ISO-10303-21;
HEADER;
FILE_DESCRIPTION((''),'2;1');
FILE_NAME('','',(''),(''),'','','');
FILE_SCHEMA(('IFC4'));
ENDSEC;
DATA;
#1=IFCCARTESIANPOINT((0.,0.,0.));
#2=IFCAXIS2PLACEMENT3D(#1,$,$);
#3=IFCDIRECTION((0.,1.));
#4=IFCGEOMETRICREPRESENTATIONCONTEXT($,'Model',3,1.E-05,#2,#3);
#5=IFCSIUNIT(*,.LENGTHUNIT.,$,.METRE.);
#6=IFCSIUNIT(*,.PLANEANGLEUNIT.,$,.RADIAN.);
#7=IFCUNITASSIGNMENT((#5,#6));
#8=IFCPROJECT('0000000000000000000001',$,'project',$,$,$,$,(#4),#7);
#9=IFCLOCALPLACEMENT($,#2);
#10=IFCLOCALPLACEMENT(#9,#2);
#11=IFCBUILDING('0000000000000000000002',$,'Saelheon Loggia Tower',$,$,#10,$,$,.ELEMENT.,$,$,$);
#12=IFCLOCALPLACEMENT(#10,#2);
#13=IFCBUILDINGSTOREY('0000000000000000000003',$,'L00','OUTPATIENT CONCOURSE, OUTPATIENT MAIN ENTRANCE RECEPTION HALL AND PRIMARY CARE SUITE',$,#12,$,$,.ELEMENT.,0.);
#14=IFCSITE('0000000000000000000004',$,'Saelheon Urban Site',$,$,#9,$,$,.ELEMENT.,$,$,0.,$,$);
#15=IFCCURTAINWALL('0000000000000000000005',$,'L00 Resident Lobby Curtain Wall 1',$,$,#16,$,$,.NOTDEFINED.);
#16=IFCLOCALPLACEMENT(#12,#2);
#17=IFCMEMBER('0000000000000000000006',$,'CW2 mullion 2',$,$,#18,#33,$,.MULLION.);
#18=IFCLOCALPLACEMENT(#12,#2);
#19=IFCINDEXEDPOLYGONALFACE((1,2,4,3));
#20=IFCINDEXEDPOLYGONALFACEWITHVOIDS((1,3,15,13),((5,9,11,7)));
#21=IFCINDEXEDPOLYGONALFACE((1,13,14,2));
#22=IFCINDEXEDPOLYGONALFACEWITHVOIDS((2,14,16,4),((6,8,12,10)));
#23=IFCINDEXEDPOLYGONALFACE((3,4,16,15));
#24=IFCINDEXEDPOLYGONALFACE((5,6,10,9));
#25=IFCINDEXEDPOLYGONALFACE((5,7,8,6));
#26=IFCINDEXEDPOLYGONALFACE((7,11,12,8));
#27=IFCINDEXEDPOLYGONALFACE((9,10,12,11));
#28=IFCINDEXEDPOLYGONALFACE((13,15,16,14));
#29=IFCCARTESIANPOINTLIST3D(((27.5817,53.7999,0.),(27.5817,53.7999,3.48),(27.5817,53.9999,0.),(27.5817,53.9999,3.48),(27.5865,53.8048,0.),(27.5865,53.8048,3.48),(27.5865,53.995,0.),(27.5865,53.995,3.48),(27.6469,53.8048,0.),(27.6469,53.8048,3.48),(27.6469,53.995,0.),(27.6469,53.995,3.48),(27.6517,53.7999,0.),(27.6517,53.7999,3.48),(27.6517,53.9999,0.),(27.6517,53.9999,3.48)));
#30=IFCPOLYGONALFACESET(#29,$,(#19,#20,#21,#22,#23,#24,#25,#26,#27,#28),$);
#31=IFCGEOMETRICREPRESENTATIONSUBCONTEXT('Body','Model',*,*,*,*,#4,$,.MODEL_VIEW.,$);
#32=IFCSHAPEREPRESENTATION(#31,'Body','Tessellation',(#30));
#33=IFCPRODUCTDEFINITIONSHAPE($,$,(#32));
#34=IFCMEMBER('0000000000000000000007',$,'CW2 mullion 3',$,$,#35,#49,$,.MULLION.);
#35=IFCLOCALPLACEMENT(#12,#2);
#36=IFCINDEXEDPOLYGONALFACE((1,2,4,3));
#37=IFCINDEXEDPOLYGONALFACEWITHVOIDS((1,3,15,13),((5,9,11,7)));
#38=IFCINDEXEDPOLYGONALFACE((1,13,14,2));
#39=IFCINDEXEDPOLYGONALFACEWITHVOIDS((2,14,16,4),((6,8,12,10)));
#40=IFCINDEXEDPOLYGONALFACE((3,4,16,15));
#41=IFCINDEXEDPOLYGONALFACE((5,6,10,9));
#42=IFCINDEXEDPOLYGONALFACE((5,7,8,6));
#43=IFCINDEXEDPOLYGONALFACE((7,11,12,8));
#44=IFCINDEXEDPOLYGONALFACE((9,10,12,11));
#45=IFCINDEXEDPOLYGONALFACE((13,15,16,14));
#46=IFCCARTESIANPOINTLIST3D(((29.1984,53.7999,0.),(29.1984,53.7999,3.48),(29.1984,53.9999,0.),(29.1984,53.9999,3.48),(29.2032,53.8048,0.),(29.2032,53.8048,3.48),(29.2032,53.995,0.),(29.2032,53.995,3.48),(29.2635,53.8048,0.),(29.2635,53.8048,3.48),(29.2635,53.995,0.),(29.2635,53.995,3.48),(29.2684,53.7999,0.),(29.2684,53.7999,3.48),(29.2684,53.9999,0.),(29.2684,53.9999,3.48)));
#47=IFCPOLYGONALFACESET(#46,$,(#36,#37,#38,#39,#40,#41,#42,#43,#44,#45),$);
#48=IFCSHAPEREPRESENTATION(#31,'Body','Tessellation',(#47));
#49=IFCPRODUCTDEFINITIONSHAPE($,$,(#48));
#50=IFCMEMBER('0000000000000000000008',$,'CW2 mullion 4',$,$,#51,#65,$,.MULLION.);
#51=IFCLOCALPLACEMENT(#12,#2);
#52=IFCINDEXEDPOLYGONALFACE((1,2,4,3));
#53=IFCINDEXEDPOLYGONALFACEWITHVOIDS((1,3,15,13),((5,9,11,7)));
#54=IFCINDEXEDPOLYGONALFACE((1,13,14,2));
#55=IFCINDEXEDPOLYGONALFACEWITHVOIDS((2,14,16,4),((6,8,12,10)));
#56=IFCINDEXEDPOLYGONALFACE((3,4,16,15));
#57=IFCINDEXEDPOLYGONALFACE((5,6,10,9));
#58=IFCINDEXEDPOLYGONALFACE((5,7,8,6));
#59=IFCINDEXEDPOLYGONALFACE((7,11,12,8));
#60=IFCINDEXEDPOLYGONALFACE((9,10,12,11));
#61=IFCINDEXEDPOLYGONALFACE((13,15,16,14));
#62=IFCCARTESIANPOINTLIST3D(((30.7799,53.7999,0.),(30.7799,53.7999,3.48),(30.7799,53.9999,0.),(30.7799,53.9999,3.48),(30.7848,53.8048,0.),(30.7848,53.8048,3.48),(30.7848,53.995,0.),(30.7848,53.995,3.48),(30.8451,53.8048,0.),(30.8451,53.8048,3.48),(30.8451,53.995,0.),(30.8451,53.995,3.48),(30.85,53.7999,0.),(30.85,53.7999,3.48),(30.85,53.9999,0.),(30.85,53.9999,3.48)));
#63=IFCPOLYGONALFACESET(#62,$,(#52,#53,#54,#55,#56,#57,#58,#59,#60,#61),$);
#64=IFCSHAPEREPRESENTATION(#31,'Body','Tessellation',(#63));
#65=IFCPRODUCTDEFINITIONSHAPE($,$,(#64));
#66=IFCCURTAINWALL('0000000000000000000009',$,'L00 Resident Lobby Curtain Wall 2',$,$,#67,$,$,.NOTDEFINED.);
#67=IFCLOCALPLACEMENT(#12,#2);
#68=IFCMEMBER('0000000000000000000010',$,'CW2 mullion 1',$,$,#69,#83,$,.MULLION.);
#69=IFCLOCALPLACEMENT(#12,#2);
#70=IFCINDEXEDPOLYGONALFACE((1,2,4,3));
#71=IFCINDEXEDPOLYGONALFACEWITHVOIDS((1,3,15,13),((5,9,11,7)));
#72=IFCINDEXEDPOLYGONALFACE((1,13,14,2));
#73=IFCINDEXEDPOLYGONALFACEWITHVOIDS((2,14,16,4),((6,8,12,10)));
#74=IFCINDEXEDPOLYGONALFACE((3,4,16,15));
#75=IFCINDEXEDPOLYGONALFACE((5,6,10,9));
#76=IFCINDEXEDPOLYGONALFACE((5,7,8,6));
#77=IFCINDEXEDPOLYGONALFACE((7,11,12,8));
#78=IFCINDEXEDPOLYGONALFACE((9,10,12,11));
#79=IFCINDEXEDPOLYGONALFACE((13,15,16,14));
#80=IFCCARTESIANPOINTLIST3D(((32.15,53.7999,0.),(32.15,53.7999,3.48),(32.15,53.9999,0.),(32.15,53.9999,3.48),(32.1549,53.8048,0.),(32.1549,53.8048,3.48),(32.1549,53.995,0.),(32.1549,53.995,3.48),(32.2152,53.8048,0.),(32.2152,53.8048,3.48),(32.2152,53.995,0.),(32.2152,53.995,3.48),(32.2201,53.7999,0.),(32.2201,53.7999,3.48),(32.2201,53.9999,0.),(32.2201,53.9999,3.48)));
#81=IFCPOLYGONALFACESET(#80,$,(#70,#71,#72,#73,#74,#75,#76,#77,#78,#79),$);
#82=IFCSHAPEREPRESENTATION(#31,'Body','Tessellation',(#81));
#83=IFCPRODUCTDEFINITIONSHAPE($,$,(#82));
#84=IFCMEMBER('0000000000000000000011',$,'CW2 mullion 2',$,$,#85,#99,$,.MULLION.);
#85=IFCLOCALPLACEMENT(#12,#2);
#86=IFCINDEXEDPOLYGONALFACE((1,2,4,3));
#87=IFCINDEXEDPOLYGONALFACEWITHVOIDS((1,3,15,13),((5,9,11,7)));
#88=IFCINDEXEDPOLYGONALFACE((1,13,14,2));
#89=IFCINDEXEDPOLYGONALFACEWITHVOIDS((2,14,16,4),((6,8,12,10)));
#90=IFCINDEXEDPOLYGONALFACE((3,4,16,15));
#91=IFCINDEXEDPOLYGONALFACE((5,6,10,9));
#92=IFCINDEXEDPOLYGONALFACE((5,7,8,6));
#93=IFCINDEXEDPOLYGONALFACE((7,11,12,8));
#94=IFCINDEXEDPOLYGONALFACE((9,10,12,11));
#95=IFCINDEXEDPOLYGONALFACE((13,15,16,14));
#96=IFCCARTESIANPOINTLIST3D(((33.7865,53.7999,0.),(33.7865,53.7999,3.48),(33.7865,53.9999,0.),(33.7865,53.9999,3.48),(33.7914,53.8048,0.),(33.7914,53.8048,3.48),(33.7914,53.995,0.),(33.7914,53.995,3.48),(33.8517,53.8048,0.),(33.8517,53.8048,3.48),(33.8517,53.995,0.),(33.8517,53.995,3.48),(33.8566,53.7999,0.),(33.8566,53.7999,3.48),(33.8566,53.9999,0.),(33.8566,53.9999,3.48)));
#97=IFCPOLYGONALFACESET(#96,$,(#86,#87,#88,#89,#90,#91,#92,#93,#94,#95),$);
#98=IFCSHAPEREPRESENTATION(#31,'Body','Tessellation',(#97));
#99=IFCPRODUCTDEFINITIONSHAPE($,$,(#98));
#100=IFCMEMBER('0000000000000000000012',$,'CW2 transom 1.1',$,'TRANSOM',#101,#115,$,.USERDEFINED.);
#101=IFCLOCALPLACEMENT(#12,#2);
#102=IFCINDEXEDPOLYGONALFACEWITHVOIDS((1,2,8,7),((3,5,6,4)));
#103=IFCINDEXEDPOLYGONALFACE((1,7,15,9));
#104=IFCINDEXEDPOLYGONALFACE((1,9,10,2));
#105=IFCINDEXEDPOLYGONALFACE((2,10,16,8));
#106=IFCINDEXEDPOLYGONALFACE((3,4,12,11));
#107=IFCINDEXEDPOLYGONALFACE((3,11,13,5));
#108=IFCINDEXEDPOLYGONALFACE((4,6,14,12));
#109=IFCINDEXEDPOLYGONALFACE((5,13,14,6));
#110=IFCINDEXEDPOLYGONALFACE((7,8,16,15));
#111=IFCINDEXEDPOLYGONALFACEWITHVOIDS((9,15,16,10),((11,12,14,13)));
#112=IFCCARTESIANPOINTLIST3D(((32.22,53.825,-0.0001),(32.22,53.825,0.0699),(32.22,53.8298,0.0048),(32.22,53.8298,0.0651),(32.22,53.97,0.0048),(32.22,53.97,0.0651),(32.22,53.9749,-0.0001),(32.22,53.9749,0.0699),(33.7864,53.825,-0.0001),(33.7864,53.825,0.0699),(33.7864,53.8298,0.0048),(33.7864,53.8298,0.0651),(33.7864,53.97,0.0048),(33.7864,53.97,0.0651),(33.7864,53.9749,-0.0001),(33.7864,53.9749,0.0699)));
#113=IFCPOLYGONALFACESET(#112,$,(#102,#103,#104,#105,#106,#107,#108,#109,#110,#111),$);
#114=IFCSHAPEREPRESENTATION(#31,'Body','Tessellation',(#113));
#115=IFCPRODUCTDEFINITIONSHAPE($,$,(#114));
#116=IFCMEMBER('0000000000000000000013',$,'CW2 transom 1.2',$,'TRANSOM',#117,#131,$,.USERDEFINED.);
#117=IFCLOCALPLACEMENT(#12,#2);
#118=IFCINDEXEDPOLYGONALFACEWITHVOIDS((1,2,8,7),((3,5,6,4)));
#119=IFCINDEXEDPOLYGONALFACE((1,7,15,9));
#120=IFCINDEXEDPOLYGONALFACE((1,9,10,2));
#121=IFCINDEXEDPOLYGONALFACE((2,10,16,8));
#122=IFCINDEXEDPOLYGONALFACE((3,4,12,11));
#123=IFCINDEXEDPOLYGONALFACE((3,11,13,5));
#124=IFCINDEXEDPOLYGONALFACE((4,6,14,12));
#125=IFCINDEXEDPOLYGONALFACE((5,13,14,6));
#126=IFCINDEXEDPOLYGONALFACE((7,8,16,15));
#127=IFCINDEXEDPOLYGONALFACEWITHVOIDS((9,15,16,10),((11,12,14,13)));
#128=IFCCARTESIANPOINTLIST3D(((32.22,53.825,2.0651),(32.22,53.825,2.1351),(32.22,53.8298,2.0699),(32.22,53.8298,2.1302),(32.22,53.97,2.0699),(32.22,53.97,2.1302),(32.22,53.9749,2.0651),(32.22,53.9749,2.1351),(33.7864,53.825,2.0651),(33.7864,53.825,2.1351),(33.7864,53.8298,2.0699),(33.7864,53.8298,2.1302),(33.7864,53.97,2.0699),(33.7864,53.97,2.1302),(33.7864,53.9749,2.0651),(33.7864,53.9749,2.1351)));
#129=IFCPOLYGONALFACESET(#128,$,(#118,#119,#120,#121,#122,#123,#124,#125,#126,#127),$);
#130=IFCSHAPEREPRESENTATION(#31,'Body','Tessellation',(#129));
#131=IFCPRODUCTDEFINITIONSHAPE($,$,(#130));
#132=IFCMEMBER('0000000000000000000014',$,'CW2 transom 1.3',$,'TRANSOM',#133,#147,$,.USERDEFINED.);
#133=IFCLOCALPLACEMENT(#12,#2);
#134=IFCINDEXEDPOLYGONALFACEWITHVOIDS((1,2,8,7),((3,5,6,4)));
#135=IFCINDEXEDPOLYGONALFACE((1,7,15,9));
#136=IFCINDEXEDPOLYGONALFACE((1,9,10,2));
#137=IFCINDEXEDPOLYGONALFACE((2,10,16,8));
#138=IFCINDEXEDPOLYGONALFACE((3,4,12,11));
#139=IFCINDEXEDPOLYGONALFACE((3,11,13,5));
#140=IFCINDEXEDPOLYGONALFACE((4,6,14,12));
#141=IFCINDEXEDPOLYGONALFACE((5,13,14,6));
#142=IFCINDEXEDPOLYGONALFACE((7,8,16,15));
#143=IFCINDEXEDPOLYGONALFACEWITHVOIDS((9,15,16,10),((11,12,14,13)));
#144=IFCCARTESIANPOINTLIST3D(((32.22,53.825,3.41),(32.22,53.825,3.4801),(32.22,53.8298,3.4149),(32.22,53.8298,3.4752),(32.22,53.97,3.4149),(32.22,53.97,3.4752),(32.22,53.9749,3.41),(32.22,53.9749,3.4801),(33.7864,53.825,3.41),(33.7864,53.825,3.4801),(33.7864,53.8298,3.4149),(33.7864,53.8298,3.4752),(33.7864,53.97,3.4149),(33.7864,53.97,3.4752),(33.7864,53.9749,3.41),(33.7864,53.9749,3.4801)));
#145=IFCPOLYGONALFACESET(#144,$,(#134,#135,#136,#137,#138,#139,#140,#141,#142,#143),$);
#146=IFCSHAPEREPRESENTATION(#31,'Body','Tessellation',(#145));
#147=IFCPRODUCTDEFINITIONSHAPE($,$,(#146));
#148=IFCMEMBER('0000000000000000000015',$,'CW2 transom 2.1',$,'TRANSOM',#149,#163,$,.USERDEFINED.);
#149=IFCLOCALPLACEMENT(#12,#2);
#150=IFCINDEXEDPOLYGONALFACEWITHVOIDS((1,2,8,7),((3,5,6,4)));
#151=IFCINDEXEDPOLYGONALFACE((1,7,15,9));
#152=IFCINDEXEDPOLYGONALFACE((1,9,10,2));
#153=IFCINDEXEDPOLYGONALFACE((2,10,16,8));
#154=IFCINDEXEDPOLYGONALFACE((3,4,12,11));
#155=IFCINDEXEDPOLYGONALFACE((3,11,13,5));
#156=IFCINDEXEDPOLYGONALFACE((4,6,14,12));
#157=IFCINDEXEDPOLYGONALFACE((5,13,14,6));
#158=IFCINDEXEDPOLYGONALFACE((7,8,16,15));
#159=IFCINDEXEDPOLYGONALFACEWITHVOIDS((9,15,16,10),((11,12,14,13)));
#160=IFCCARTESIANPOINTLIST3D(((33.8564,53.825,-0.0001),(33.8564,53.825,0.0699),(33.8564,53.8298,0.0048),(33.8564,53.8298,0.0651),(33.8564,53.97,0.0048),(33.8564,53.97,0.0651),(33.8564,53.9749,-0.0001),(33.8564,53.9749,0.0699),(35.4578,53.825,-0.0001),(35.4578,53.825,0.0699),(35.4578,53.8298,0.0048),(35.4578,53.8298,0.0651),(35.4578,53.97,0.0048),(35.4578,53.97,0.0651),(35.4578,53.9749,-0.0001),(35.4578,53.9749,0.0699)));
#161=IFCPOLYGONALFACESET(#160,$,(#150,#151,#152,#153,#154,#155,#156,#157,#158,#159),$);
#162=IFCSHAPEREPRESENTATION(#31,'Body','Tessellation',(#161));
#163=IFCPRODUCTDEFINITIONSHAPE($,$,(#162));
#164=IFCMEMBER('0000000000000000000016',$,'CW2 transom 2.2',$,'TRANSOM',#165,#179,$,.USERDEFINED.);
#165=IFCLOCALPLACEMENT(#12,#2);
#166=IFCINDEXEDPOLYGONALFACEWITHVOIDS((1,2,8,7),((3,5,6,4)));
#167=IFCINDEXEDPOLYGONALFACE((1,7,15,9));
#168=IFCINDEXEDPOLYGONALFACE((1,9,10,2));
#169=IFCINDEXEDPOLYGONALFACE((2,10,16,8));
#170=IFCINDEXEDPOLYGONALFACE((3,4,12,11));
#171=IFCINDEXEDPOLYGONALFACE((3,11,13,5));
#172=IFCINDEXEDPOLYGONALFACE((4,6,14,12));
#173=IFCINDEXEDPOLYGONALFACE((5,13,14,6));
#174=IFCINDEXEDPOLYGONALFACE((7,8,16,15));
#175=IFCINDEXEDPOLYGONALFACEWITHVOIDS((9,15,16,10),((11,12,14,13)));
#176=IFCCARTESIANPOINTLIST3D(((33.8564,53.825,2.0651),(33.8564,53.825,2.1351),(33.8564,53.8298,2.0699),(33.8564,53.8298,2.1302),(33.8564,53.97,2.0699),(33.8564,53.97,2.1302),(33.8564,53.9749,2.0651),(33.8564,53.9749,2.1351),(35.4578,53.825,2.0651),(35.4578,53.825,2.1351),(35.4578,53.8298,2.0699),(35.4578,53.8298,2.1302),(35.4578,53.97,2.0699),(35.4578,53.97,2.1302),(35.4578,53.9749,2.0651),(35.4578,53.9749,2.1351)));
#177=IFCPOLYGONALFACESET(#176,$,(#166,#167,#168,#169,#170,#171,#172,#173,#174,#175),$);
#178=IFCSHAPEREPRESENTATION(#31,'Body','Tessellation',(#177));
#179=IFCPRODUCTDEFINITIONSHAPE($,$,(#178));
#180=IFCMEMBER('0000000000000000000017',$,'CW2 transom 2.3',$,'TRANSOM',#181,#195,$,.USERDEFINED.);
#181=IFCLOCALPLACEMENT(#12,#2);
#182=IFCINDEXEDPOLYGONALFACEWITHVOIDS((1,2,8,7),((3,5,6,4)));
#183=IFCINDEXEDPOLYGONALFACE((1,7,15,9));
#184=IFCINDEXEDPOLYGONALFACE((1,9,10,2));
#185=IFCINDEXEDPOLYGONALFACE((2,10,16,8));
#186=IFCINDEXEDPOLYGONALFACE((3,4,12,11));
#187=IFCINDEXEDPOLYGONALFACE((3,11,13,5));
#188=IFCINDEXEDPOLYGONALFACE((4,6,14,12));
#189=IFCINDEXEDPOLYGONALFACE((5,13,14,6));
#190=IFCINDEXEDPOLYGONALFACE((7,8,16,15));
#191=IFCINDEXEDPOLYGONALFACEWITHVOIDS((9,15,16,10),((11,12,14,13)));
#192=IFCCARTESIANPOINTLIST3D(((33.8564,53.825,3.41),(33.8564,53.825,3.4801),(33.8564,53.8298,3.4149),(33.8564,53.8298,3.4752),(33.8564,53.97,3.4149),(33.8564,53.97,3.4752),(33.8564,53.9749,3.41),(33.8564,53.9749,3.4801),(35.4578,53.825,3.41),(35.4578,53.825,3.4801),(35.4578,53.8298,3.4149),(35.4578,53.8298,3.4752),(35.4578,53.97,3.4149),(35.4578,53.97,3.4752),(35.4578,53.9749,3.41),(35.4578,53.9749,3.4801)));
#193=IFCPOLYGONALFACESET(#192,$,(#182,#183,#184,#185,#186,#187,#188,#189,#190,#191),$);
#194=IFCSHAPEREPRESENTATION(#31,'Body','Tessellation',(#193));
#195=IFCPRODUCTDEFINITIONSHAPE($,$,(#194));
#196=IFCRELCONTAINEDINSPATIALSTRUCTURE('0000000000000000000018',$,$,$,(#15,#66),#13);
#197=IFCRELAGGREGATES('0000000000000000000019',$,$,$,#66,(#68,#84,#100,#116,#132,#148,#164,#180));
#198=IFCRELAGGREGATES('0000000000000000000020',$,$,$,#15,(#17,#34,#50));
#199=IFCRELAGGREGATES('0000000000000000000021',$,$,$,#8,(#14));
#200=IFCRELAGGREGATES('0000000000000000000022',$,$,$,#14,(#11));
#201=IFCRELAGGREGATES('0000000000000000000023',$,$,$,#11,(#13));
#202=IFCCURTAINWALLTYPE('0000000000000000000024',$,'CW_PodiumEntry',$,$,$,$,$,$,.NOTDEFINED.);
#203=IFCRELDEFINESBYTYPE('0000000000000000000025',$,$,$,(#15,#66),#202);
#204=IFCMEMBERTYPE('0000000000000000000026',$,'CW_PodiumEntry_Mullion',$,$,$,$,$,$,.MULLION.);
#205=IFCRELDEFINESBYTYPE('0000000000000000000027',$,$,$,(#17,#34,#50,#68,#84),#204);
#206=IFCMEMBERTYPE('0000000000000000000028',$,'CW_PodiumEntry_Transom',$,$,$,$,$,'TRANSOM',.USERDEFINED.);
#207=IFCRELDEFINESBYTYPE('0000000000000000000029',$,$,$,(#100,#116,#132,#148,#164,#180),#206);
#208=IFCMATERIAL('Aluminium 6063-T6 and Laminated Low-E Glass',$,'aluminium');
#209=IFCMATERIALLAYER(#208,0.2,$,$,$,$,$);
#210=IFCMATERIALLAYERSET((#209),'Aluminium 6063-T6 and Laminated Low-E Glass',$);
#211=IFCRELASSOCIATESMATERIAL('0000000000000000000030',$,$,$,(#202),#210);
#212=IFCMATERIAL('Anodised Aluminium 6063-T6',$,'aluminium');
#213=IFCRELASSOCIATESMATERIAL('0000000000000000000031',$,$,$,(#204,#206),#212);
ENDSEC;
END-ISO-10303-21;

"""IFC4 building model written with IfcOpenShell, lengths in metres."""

from ifc_helpers import new_model, si_unit, direction, frame, origin, origin_2d, place, context, subcontext, project, spatial, hollow_rectangle, extrude, source, transform, mapped, material, layer, layer_set, material_profile, profile_set, type_object, element, aggregate, save


model = new_model("IFC4")

# Units and contexts
model_context = context("Model", 3, precision=1e-05, world=origin(), true_north=direction((0.0, 1.0)))
body_context = subcontext(model_context, "Body", "Model", "MODEL_VIEW")
ifc_project = project(units=[si_unit("LENGTHUNIT", "METRE"), si_unit("PLANEANGLEUNIT", "RADIAN")], contexts=[model_context])

# Site, building, storey
site_placement = place(None, origin())
site = spatial("IfcSite", under=ifc_project, at=site_placement, Name="Saelheon Urban Site", CompositionType="ELEMENT", RefElevation=0.0)
building_placement = place(site_placement, origin())
building = spatial("IfcBuilding", under=site, at=building_placement, Name="Saelheon Loggia Tower", CompositionType="ELEMENT")
storey_placement = place(building_placement, origin())
storey = spatial("IfcBuildingStorey", under=building, at=storey_placement, Name="L00", Description="OUTPATIENT CONCOURSE, OUTPATIENT MAIN ENTRANCE RECEPTION HALL AND PRIMARY CARE SUITE", CompositionType="ELEMENT", Elevation=0.0)

# Curtain walls, members
ifc_material_1 = material(Name="Aluminium 6063-T6 and Laminated Low-E Glass", Category="aluminium")
ifc_layer_1 = layer(ifc_material_1, 0.2)
ifc_layer_set_1 = layer_set([ifc_layer_1], Name="Aluminium 6063-T6 and Laminated Low-E Glass")
curtain_wall_type = type_object("IfcCurtainWallType", Name="CW_PodiumEntry", PredefinedType="NOTDEFINED", material=ifc_layer_set_1)
curtain_wall_1_placement = place(storey_placement, origin())
curtain_wall_1 = element("IfcCurtainWall", 1, at=curtain_wall_1_placement, inside=storey, type_object=curtain_wall_type, Name="L00 Resident Lobby Curtain Wall 1", PredefinedType="NOTDEFINED")
ifc_material_2 = material(Name="Anodised Aluminium 6063-T6", Category="aluminium")
ifc_material_profile_1 = material_profile(ifc_material_2, hollow_rectangle(XDim=0.0701, YDim=0.2, WallThickness=0.0049, at=origin_2d()), Name="RHS-200x70x5")
ifc_profile_set_1 = profile_set([ifc_material_profile_1], Name="Anodised Aluminium 6063-T6")
member_type_1 = type_object("IfcMemberType", Name="CW_PodiumEntry_Mullion", PredefinedType="MULLION", material=ifc_profile_set_1)
shared_shape_1 = source(origin(), body_context, "Body", "SweptSolid", [
    extrude(hollow_rectangle(XDim=0.0701, YDim=0.2, WallThickness=0.0049, at=origin_2d()), origin(), (0.0, 0.0, 1.0), 3.48),
])
member_1_placement = place(storey_placement, frame((27.6167, 53.8999, 0.0), z_axis=(0.0, 0.0, 1.0), x_axis=(1.0, 0.0, 0.0)))
member_1 = element("IfcMember", 2, at=member_1_placement, type_object=member_type_1, Name="CW2 mullion 2", PredefinedType="MULLION", context=body_context, shape_type="MappedRepresentation", body=[
    mapped(shared_shape_1, transform((0.0, 0.0, 0.0), scale=1.0)),
])
member_2_placement = place(storey_placement, frame((29.2334, 53.8999, 0.0), z_axis=(0.0, 0.0, 1.0), x_axis=(1.0, 0.0, 0.0)))
member_2 = element("IfcMember", 3, at=member_2_placement, type_object=member_type_1, Name="CW2 mullion 3", PredefinedType="MULLION", context=body_context, shape_type="MappedRepresentation", body=[
    mapped(shared_shape_1, transform((0.0, 0.0, 0.0), scale=1.0)),
])
member_3_placement = place(storey_placement, frame((30.8149, 53.8999, 0.0), z_axis=(0.0, 0.0, 1.0), x_axis=(1.0, 0.0, 0.0)))
member_3 = element("IfcMember", 4, at=member_3_placement, type_object=member_type_1, Name="CW2 mullion 4", PredefinedType="MULLION", context=body_context, shape_type="MappedRepresentation", body=[
    mapped(shared_shape_1, transform((0.0, 0.0, 0.0), scale=1.0)),
])
curtain_wall_2_placement = place(storey_placement, origin())
curtain_wall_2 = element("IfcCurtainWall", 5, at=curtain_wall_2_placement, inside=storey, type_object=curtain_wall_type, Name="L00 Resident Lobby Curtain Wall 2", PredefinedType="NOTDEFINED")
member_4_placement = place(storey_placement, frame((32.1851, 53.8999, 0.0), z_axis=(0.0, 0.0, 1.0), x_axis=(1.0, 0.0, 0.0)))
member_4 = element("IfcMember", 6, at=member_4_placement, type_object=member_type_1, Name="CW2 mullion 1", PredefinedType="MULLION", context=body_context, shape_type="MappedRepresentation", body=[
    mapped(shared_shape_1, transform((0.0, 0.0, 0.0), scale=1.0)),
])
member_5_placement = place(storey_placement, frame((33.8215, 53.8999, 0.0), z_axis=(0.0, 0.0, 1.0), x_axis=(1.0, 0.0, 0.0)))
member_5 = element("IfcMember", 7, at=member_5_placement, type_object=member_type_1, Name="CW2 mullion 2", PredefinedType="MULLION", context=body_context, shape_type="MappedRepresentation", body=[
    mapped(shared_shape_1, transform((0.0, 0.0, 0.0), scale=1.0)),
])
ifc_material_profile_2 = material_profile(ifc_material_2, hollow_rectangle(XDim=0.0701, YDim=0.1499, WallThickness=0.0049, at=origin_2d()), Name="RHS-150x70x5")
ifc_profile_set_2 = profile_set([ifc_material_profile_2], Name="Anodised Aluminium 6063-T6")
member_type_2 = type_object("IfcMemberType", Name="CW_PodiumEntry_Transom", ElementType="TRANSOM", PredefinedType="USERDEFINED", material=ifc_profile_set_2)
shared_shape_2 = source(origin(), body_context, "Body", "SweptSolid", [
    extrude(hollow_rectangle(XDim=0.0701, YDim=0.1499, WallThickness=0.0049, at=origin_2d()), origin(), (0.0, 0.0, 1.0), 1.5664),
])
member_6_placement = place(storey_placement, frame((32.22, 53.8999, 0.0349), z_axis=(1.0, 0.0, 0.0), x_axis=(0.0, 0.0, 1.0)))
member_6 = element("IfcMember", 8, at=member_6_placement, type_object=member_type_2, Name="CW2 transom 1.1", ObjectType="TRANSOM", PredefinedType="USERDEFINED", context=body_context, shape_type="MappedRepresentation", body=[
    mapped(shared_shape_2, transform((0.0, 0.0, 0.0), scale=1.0)),
])
member_7_placement = place(storey_placement, frame((32.22, 53.8999, 2.1001), z_axis=(1.0, 0.0, 0.0), x_axis=(0.0, 0.0, 1.0)))
member_7 = element("IfcMember", 9, at=member_7_placement, type_object=member_type_2, Name="CW2 transom 1.2", ObjectType="TRANSOM", PredefinedType="USERDEFINED", context=body_context, shape_type="MappedRepresentation", body=[
    mapped(shared_shape_2, transform((0.0, 0.0, 0.0), scale=1.0)),
])
member_8_placement = place(storey_placement, frame((32.22, 53.8999, 3.4451), z_axis=(1.0, 0.0, 0.0), x_axis=(0.0, 0.0, 1.0)))
member_8 = element("IfcMember", 10, at=member_8_placement, type_object=member_type_2, Name="CW2 transom 1.3", ObjectType="TRANSOM", PredefinedType="USERDEFINED", context=body_context, shape_type="MappedRepresentation", body=[
    mapped(shared_shape_2, transform((0.0, 0.0, 0.0), scale=1.0)),
])
shared_shape_3 = source(origin(), body_context, "Body", "SweptSolid", [
    extrude(hollow_rectangle(XDim=0.0701, YDim=0.1499, WallThickness=0.0049, at=origin_2d()), origin(), (0.0, 0.0, 1.0), 1.6013),
])
member_9_placement = place(storey_placement, frame((33.8564, 53.8999, 0.0349), z_axis=(1.0, 0.0, 0.0), x_axis=(0.0, 0.0, 1.0)))
member_9 = element("IfcMember", 11, at=member_9_placement, type_object=member_type_2, Name="CW2 transom 2.1", ObjectType="TRANSOM", PredefinedType="USERDEFINED", context=body_context, shape_type="MappedRepresentation", body=[
    mapped(shared_shape_3, transform((0.0, 0.0, 0.0), scale=1.0)),
])
member_10_placement = place(storey_placement, frame((33.8564, 53.8999, 2.1001), z_axis=(1.0, 0.0, 0.0), x_axis=(0.0, 0.0, 1.0)))
member_10 = element("IfcMember", 12, at=member_10_placement, type_object=member_type_2, Name="CW2 transom 2.2", ObjectType="TRANSOM", PredefinedType="USERDEFINED", context=body_context, shape_type="MappedRepresentation", body=[
    mapped(shared_shape_3, transform((0.0, 0.0, 0.0), scale=1.0)),
])
member_11_placement = place(storey_placement, frame((33.8564, 53.8999, 3.4451), z_axis=(1.0, 0.0, 0.0), x_axis=(0.0, 0.0, 1.0)))
member_11 = element("IfcMember", 13, at=member_11_placement, type_object=member_type_2, Name="CW2 transom 2.3", ObjectType="TRANSOM", PredefinedType="USERDEFINED", context=body_context, shape_type="MappedRepresentation", body=[
    mapped(shared_shape_3, transform((0.0, 0.0, 0.0), scale=1.0)),
])

aggregate(curtain_wall_2, [member_4, member_5, member_6, member_7, member_8, member_9, member_10, member_11])
aggregate(curtain_wall_1, [member_1, member_2, member_3])

save(model, "model.ifc")
